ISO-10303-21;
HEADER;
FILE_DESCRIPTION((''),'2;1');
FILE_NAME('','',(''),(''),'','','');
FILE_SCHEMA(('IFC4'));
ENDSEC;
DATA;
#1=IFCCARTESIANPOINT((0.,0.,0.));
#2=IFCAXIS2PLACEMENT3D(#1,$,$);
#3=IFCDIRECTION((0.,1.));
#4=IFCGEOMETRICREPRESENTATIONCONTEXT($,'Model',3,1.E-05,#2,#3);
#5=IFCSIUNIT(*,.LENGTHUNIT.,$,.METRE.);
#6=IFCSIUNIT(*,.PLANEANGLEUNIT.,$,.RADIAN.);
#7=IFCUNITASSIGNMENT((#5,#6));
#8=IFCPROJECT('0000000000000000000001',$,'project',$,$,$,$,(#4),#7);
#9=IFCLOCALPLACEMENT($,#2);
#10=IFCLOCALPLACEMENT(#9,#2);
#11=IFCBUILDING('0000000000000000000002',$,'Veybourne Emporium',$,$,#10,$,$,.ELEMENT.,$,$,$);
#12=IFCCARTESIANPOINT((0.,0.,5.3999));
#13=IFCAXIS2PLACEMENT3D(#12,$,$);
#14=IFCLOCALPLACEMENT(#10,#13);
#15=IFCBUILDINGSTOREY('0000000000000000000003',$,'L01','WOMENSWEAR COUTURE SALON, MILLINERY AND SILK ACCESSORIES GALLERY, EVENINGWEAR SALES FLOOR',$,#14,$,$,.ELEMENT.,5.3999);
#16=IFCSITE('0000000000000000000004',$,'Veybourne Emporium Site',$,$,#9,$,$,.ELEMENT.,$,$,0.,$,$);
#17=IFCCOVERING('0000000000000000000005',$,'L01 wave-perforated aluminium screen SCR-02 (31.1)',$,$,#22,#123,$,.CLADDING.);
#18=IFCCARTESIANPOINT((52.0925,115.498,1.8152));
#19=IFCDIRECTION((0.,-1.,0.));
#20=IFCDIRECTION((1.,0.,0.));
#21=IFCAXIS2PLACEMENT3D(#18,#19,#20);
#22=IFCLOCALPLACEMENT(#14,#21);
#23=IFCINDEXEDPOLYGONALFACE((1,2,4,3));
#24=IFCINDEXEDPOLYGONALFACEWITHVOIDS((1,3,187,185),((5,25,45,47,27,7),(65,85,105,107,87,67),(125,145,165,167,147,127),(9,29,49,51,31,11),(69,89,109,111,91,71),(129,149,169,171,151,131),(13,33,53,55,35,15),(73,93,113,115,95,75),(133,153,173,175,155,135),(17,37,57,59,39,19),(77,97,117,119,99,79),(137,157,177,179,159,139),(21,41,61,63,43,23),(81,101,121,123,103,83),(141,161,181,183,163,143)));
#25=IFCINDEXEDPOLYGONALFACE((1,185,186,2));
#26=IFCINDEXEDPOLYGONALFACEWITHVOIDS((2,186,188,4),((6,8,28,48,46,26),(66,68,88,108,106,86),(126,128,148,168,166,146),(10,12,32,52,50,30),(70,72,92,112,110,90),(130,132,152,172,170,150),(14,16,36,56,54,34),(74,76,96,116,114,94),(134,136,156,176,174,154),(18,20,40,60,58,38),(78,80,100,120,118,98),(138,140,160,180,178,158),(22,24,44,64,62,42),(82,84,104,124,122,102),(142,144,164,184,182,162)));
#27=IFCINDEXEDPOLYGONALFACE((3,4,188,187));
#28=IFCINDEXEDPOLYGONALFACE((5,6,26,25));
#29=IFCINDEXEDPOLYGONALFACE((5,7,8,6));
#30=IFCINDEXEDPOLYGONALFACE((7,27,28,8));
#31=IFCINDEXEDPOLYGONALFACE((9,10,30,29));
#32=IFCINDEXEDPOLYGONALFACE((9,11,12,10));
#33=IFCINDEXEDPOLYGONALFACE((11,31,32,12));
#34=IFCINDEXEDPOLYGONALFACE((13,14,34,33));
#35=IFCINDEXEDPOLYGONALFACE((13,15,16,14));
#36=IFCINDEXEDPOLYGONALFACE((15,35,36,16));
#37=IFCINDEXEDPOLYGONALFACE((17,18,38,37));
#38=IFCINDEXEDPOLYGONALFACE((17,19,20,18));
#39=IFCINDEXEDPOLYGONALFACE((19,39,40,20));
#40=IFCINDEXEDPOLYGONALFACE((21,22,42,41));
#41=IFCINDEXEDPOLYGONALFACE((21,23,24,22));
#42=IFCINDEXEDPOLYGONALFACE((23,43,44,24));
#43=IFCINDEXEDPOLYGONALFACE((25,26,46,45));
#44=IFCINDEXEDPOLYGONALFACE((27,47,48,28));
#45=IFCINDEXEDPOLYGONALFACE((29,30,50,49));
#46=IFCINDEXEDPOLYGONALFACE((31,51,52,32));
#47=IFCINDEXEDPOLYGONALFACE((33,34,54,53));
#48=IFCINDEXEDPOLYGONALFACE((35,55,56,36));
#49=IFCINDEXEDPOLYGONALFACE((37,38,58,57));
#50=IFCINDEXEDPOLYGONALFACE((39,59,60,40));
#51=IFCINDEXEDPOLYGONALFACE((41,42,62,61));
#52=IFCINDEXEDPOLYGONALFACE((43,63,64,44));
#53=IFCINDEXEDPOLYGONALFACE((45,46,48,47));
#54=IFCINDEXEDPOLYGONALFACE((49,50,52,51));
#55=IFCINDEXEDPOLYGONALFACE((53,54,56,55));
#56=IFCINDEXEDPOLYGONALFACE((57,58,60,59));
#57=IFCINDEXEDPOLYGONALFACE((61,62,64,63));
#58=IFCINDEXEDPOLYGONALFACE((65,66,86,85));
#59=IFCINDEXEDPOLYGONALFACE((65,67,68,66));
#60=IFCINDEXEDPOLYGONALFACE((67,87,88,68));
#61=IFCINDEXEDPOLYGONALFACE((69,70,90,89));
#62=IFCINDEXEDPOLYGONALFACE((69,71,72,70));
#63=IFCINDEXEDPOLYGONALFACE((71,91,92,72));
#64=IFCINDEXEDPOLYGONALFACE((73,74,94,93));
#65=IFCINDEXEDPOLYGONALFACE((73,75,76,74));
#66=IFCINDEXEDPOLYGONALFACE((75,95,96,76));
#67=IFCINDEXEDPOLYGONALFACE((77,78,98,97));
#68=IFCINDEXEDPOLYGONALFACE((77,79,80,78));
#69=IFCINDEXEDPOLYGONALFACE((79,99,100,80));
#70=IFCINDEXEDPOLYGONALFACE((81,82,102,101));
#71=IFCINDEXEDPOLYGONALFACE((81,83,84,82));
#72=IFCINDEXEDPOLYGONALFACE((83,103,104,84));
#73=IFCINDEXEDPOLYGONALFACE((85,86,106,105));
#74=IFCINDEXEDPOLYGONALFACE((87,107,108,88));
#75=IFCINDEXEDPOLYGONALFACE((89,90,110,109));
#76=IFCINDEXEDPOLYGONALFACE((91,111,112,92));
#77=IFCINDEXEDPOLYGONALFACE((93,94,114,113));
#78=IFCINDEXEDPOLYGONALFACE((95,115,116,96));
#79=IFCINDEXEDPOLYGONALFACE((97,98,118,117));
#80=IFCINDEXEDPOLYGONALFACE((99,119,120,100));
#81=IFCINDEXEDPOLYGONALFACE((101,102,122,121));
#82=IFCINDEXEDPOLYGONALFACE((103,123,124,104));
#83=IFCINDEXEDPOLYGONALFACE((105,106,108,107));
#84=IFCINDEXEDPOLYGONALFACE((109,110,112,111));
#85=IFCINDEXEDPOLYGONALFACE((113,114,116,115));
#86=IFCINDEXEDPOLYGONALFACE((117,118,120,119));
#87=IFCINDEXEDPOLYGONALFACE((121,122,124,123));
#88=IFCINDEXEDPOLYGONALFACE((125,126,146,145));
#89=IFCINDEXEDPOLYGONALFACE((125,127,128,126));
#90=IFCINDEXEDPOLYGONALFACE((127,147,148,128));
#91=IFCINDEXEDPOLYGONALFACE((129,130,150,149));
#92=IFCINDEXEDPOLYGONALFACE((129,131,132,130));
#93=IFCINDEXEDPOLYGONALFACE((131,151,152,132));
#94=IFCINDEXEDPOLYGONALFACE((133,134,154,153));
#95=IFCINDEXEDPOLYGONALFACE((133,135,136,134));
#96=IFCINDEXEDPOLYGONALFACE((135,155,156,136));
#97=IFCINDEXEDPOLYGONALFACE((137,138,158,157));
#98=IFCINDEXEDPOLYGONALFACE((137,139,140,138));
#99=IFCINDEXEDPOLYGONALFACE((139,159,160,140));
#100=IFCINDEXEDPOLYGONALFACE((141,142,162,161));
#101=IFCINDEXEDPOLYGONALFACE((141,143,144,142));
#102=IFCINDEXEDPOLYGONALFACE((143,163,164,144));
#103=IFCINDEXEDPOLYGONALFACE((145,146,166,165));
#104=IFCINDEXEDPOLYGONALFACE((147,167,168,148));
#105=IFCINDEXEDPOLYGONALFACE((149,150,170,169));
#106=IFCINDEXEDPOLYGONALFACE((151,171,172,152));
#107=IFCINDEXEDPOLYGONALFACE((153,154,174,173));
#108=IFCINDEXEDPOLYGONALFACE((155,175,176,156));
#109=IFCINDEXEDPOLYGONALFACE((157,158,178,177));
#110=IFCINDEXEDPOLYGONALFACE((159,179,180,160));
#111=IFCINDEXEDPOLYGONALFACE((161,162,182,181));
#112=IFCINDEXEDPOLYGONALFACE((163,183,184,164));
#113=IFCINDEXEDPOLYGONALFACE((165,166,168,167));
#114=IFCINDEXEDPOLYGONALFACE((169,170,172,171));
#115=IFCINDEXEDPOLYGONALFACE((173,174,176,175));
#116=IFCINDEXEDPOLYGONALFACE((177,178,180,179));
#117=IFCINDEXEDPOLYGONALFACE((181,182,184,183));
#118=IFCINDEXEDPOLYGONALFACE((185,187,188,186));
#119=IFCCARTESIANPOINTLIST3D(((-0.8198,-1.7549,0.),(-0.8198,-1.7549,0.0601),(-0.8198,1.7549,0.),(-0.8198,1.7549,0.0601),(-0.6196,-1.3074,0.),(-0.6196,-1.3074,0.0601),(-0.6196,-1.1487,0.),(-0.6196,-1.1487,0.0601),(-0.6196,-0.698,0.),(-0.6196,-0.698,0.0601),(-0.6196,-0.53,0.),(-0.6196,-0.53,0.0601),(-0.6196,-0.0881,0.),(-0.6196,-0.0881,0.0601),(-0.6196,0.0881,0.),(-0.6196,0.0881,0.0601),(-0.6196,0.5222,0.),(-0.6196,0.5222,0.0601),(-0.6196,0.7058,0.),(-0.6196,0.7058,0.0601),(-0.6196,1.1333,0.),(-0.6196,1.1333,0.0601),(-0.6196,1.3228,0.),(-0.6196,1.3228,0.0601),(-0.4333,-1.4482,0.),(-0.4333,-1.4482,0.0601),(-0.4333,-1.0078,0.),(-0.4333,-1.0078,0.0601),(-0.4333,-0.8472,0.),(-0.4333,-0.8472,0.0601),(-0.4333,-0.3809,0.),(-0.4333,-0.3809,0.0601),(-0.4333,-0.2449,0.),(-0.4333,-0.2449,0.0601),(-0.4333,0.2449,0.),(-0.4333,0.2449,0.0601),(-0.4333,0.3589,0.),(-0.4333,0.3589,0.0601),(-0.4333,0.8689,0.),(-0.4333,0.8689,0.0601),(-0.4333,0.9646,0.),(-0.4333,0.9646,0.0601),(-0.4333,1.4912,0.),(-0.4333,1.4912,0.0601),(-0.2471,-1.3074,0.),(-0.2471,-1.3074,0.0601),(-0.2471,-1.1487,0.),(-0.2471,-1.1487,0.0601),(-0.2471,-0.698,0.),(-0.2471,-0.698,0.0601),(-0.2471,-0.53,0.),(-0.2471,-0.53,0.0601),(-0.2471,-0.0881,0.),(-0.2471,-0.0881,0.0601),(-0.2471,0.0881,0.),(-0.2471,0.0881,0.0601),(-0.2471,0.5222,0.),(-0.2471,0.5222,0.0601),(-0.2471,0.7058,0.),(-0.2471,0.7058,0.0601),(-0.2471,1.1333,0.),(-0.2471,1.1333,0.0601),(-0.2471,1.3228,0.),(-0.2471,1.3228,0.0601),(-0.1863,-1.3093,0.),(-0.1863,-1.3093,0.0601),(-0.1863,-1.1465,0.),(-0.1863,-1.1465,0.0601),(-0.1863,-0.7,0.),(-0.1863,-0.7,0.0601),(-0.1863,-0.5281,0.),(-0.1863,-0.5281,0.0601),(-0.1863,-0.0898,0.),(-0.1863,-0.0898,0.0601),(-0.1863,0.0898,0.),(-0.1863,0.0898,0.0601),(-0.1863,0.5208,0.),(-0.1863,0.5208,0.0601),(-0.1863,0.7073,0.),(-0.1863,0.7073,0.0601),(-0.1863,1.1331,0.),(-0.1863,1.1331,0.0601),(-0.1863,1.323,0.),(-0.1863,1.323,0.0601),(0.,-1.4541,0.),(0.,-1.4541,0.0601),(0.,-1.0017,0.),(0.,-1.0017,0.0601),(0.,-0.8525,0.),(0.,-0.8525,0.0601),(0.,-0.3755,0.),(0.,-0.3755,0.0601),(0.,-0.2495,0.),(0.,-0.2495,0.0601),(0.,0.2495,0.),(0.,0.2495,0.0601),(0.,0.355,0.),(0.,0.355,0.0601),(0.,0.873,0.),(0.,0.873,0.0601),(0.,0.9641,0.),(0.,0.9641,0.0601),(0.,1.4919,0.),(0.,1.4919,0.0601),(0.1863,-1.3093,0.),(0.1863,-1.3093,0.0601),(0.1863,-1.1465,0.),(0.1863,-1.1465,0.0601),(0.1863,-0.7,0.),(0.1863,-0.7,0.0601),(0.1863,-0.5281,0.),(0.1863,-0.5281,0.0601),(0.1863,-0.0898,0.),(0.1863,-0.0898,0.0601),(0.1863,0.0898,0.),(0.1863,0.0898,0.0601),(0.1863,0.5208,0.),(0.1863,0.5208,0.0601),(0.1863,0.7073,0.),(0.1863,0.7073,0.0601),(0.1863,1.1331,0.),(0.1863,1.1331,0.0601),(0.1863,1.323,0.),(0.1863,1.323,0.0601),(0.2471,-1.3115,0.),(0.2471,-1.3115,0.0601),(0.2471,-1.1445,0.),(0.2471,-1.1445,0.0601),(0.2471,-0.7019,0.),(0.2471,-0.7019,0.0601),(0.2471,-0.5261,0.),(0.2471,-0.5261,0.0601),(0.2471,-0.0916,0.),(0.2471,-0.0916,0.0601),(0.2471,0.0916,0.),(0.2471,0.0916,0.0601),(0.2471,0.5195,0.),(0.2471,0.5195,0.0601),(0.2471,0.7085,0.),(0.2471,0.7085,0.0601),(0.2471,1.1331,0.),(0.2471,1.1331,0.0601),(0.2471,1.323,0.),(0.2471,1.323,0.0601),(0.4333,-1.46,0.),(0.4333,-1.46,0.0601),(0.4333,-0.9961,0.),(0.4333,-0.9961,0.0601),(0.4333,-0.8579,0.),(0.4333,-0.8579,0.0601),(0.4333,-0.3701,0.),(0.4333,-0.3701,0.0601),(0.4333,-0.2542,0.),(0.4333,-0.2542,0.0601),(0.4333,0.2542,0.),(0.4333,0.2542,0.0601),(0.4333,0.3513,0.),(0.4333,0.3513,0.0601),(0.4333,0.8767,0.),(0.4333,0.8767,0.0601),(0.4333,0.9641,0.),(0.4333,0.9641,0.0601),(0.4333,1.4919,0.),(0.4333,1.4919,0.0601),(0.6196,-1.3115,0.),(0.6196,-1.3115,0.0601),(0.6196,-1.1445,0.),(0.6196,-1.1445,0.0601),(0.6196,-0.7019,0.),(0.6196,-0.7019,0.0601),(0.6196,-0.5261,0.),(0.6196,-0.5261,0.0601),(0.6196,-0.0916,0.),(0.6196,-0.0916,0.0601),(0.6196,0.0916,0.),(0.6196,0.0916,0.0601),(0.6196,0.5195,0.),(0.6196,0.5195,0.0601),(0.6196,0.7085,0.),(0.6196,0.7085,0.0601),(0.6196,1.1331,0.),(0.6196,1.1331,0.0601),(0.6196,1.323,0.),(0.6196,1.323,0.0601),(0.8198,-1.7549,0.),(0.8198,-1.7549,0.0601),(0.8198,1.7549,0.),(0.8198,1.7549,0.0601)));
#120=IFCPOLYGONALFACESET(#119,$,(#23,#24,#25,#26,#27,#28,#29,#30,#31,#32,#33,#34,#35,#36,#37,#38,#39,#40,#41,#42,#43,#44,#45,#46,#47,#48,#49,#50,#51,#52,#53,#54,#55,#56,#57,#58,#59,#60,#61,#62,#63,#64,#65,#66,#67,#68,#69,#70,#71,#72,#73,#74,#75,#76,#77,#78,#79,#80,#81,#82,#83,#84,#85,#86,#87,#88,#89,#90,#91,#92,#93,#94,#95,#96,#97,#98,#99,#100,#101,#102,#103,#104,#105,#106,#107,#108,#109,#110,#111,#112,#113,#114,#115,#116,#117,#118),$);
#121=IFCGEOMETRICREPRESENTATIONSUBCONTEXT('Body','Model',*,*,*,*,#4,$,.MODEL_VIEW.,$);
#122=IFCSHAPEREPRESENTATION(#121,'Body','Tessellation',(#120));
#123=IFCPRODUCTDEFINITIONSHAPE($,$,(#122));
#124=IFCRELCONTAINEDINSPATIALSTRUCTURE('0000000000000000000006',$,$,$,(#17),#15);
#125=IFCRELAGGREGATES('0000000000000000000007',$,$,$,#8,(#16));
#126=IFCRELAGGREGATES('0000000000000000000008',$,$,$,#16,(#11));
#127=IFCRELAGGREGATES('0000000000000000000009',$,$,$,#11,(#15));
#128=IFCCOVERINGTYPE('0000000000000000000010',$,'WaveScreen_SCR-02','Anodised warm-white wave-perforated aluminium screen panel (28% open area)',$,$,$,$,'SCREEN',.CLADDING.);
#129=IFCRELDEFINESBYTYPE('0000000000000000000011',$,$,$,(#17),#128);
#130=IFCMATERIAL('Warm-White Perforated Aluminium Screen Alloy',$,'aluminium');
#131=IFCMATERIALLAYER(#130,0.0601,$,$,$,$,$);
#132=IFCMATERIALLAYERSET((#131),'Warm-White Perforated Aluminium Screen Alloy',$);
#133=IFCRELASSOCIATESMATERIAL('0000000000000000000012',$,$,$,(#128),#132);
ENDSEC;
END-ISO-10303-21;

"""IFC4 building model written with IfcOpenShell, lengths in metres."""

from ifc_helpers import new_model, si_unit, direction, frame, origin, place, context, subcontext, project, spatial, polyline, outline, extrude, material, layer, layer_set, type_object, element, save


model = new_model("IFC4")

# Units and contexts
model_context = context("Model", 3, precision=1e-05, world=origin(), true_north=direction((0.0, 1.0)))
body_context = subcontext(model_context, "Body", "Model", "MODEL_VIEW")
ifc_project = project(units=[si_unit("LENGTHUNIT", "METRE"), si_unit("PLANEANGLEUNIT", "RADIAN")], contexts=[model_context])

# Site, building, storey
site_placement = place(None, origin())
site = spatial("IfcSite", under=ifc_project, at=site_placement, Name="Veybourne Emporium Site", CompositionType="ELEMENT", RefElevation=0.0)
building_placement = place(site_placement, origin())
building = spatial("IfcBuilding", under=site, at=building_placement, Name="Veybourne Emporium", CompositionType="ELEMENT")
storey_placement = place(building_placement, frame((0.0, 0.0, 5.3999)))
storey = spatial("IfcBuildingStorey", under=building, at=storey_placement, Name="L01", Description="WOMENSWEAR COUTURE SALON, MILLINERY AND SILK ACCESSORIES GALLERY, EVENINGWEAR SALES FLOOR", CompositionType="ELEMENT", Elevation=5.3999)

# Covering
ifc_material_1 = material(Name="Warm-White Perforated Aluminium Screen Alloy", Category="aluminium")
ifc_layer_1 = layer(ifc_material_1, 0.0601)
ifc_layer_set_1 = layer_set([ifc_layer_1], Name="Warm-White Perforated Aluminium Screen Alloy")
covering_type_1 = type_object("IfcCoveringType", Name="WaveScreen_SCR-02", Description="Anodised warm-white wave-perforated aluminium screen panel (28% open area)", ElementType="SCREEN", PredefinedType="CLADDING", material=ifc_layer_set_1)
covering_1_placement = place(storey_placement, frame((52.0925, 115.498, 1.8152), z_axis=(0.0, -1.0, 0.0), x_axis=(1.0, 0.0, 0.0)))
element("IfcCovering", 1, at=covering_1_placement, inside=storey, type_object=covering_type_1, Name="L01 wave-perforated aluminium screen SCR-02 (31.1)", PredefinedType="CLADDING", context=body_context, shape_type="SweptSolid", body=[
    extrude(outline(polyline([(-0.8198, -1.7549), (0.8198, -1.7549), (0.8198, 1.7549), (-0.8198, 1.7549), (-0.8198, -1.7549)]), holes=[polyline([(-0.4333, -1.0078), (-0.2471, -1.1487), (-0.2471, -1.3074), (-0.4333, -1.4482), (-0.6196, -1.3074), (-0.6196, -1.1487), (-0.4333, -1.0078)]), polyline([(-0.4333, -0.3809), (-0.2471, -0.53), (-0.2471, -0.698), (-0.4333, -0.8472), (-0.6196, -0.698), (-0.6196, -0.53), (-0.4333, -0.3809)]), polyline([(-0.4333, 0.2449), (-0.2471, 0.0881), (-0.2471, -0.0881), (-0.4333, -0.2449), (-0.6196, -0.0881), (-0.6196, 0.0881), (-0.4333, 0.2449)]), polyline([(-0.4333, 0.8689), (-0.2471, 0.7058), (-0.2471, 0.5222), (-0.4333, 0.3589), (-0.6196, 0.5222), (-0.6196, 0.7058), (-0.4333, 0.8689)]), polyline([(-0.4333, 1.4912), (-0.2471, 1.3228), (-0.2471, 1.1333), (-0.4333, 0.9646), (-0.6196, 1.1333), (-0.6196, 1.3228), (-0.4333, 1.4912)]), polyline([(0.0, -1.0017), (0.1863, -1.1465), (0.1863, -1.3093), (0.0, -1.4541), (-0.1863, -1.3093), (-0.1863, -1.1465), (0.0, -1.0017)]), polyline([(0.0, -0.3755), (0.1863, -0.5281), (0.1863, -0.7), (0.0, -0.8525), (-0.1863, -0.7), (-0.1863, -0.5281), (0.0, -0.3755)]), polyline([(0.0, 0.2495), (0.1863, 0.0898), (0.1863, -0.0898), (0.0, -0.2495), (-0.1863, -0.0898), (-0.1863, 0.0898), (0.0, 0.2495)]), polyline([(0.0, 0.873), (0.1863, 0.7073), (0.1863, 0.5208), (0.0, 0.355), (-0.1863, 0.5208), (-0.1863, 0.7073), (0.0, 0.873)]), polyline([(0.0, 1.4919), (0.1863, 1.323), (0.1863, 1.1331), (0.0, 0.9641), (-0.1863, 1.1331), (-0.1863, 1.323), (0.0, 1.4919)]), polyline([(0.4333, -0.9961), (0.6196, -1.1445), (0.6196, -1.3115), (0.4333, -1.46), (0.2471, -1.3115), (0.2471, -1.1445), (0.4333, -0.9961)]), polyline([(0.4333, -0.3701), (0.6196, -0.5261), (0.6196, -0.7019), (0.4333, -0.8579), (0.2471, -0.7019), (0.2471, -0.5261), (0.4333, -0.3701)]), polyline([(0.4333, 0.2542), (0.6196, 0.0916), (0.6196, -0.0916), (0.4333, -0.2542), (0.2471, -0.0916), (0.2471, 0.0916), (0.4333, 0.2542)]), polyline([(0.4333, 0.8767), (0.6196, 0.7085), (0.6196, 0.5195), (0.4333, 0.3513), (0.2471, 0.5195), (0.2471, 0.7085), (0.4333, 0.8767)]), polyline([(0.4333, 1.4919), (0.6196, 1.323), (0.6196, 1.1331), (0.4333, 0.9641), (0.2471, 1.1331), (0.2471, 1.323), (0.4333, 1.4919)])]), origin(), (0.0, 0.0, 1.0), 0.0601),
])

save(model, "model.ifc")
